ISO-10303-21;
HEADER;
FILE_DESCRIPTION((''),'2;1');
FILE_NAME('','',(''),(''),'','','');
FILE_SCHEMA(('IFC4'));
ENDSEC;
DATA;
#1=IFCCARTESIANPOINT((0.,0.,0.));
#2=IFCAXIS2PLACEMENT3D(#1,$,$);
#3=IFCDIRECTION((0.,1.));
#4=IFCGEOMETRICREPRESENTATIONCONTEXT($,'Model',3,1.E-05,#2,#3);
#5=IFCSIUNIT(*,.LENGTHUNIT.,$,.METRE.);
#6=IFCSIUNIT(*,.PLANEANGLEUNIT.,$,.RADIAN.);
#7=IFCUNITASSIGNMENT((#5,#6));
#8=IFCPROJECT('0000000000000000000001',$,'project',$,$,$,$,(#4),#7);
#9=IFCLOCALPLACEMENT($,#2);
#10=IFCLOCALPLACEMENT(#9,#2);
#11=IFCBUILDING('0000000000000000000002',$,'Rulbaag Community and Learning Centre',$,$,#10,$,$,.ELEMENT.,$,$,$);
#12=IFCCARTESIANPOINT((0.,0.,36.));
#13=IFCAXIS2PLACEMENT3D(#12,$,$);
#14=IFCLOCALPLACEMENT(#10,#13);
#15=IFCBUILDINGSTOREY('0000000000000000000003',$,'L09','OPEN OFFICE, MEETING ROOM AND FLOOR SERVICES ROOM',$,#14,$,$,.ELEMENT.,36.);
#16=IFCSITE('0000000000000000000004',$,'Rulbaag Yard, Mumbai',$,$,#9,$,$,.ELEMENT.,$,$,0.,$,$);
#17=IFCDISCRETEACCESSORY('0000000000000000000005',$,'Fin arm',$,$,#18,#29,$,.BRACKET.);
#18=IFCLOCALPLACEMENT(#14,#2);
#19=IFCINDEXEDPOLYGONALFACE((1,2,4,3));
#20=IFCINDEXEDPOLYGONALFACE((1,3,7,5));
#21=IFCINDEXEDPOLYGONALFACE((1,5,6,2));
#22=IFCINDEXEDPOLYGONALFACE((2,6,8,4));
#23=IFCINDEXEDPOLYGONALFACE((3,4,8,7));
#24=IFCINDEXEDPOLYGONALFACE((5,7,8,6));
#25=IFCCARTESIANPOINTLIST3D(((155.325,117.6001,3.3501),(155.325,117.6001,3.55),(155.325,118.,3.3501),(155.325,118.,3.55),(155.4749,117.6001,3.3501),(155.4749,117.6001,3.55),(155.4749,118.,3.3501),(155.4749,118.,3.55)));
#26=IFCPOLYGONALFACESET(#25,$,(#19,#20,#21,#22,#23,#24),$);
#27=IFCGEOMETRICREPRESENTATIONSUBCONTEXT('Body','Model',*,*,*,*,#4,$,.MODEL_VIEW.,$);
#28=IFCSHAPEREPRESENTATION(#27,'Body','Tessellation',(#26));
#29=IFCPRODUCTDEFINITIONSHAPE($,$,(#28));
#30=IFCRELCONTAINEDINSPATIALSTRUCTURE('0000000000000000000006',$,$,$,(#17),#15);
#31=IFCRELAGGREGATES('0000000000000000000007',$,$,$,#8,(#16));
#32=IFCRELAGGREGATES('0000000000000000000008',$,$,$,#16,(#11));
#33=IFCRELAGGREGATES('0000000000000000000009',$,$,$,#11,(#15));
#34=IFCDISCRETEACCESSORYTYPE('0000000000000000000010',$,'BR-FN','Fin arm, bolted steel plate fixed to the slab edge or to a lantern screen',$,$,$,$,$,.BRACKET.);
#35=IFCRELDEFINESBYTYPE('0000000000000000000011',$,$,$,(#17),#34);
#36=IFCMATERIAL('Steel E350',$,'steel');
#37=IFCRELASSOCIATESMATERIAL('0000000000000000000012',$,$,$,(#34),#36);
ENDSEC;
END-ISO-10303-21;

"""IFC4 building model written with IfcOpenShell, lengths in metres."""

from ifc_helpers import new_model, si_unit, direction, frame, origin, origin_2d, place, context, subcontext, project, spatial, rectangle, extrude, material, type_object, element, save


model = new_model("IFC4")

# Units and contexts
model_context = context("Model", 3, precision=1e-05, world=origin(), true_north=direction((0.0, 1.0)))
body_context = subcontext(model_context, "Body", "Model", "MODEL_VIEW")
ifc_project = project(units=[si_unit("LENGTHUNIT", "METRE"), si_unit("PLANEANGLEUNIT", "RADIAN")], contexts=[model_context])

# Site, building, storey
site_placement = place(None, origin())
site = spatial("IfcSite", under=ifc_project, at=site_placement, Name="Rulbaag Yard, Mumbai", CompositionType="ELEMENT", RefElevation=0.0)
building_placement = place(site_placement, origin())
building = spatial("IfcBuilding", under=site, at=building_placement, Name="Rulbaag Community and Learning Centre", CompositionType="ELEMENT")
storey_placement = place(building_placement, frame((0.0, 0.0, 36.0)))
storey = spatial("IfcBuildingStorey", under=building, at=storey_placement, Name="L09", Description="OPEN OFFICE, MEETING ROOM AND FLOOR SERVICES ROOM", CompositionType="ELEMENT", Elevation=36.0)

# Discrete accessory
ifc_material_1 = material(Name="Steel E350", Category="steel")
discrete_accessory_type = type_object("IfcDiscreteAccessoryType", Name="BR-FN", Description="Fin arm, bolted steel plate fixed to the slab edge or to a lantern screen", PredefinedType="BRACKET", material=ifc_material_1)
for number, where, z_axis, x_axis, name in (
    (1, (155.3999, 117.8, 3.3501), (0.0, 0.0, 1.0), (1.0, 0.0, 0.0), "Fin arm"),
):
    element("IfcDiscreteAccessory", number, at=place(storey_placement, frame(where, z_axis=z_axis, x_axis=x_axis)), inside=storey, type_object=discrete_accessory_type, Name=name, PredefinedType="BRACKET", context=body_context, shape_type="SweptSolid", body=[
        extrude(rectangle(XDim=0.1499, YDim=0.3999, at=origin_2d()), origin(), (0.0, 0.0, 1.0), 0.2),
    ])

save(model, "model.ifc")
